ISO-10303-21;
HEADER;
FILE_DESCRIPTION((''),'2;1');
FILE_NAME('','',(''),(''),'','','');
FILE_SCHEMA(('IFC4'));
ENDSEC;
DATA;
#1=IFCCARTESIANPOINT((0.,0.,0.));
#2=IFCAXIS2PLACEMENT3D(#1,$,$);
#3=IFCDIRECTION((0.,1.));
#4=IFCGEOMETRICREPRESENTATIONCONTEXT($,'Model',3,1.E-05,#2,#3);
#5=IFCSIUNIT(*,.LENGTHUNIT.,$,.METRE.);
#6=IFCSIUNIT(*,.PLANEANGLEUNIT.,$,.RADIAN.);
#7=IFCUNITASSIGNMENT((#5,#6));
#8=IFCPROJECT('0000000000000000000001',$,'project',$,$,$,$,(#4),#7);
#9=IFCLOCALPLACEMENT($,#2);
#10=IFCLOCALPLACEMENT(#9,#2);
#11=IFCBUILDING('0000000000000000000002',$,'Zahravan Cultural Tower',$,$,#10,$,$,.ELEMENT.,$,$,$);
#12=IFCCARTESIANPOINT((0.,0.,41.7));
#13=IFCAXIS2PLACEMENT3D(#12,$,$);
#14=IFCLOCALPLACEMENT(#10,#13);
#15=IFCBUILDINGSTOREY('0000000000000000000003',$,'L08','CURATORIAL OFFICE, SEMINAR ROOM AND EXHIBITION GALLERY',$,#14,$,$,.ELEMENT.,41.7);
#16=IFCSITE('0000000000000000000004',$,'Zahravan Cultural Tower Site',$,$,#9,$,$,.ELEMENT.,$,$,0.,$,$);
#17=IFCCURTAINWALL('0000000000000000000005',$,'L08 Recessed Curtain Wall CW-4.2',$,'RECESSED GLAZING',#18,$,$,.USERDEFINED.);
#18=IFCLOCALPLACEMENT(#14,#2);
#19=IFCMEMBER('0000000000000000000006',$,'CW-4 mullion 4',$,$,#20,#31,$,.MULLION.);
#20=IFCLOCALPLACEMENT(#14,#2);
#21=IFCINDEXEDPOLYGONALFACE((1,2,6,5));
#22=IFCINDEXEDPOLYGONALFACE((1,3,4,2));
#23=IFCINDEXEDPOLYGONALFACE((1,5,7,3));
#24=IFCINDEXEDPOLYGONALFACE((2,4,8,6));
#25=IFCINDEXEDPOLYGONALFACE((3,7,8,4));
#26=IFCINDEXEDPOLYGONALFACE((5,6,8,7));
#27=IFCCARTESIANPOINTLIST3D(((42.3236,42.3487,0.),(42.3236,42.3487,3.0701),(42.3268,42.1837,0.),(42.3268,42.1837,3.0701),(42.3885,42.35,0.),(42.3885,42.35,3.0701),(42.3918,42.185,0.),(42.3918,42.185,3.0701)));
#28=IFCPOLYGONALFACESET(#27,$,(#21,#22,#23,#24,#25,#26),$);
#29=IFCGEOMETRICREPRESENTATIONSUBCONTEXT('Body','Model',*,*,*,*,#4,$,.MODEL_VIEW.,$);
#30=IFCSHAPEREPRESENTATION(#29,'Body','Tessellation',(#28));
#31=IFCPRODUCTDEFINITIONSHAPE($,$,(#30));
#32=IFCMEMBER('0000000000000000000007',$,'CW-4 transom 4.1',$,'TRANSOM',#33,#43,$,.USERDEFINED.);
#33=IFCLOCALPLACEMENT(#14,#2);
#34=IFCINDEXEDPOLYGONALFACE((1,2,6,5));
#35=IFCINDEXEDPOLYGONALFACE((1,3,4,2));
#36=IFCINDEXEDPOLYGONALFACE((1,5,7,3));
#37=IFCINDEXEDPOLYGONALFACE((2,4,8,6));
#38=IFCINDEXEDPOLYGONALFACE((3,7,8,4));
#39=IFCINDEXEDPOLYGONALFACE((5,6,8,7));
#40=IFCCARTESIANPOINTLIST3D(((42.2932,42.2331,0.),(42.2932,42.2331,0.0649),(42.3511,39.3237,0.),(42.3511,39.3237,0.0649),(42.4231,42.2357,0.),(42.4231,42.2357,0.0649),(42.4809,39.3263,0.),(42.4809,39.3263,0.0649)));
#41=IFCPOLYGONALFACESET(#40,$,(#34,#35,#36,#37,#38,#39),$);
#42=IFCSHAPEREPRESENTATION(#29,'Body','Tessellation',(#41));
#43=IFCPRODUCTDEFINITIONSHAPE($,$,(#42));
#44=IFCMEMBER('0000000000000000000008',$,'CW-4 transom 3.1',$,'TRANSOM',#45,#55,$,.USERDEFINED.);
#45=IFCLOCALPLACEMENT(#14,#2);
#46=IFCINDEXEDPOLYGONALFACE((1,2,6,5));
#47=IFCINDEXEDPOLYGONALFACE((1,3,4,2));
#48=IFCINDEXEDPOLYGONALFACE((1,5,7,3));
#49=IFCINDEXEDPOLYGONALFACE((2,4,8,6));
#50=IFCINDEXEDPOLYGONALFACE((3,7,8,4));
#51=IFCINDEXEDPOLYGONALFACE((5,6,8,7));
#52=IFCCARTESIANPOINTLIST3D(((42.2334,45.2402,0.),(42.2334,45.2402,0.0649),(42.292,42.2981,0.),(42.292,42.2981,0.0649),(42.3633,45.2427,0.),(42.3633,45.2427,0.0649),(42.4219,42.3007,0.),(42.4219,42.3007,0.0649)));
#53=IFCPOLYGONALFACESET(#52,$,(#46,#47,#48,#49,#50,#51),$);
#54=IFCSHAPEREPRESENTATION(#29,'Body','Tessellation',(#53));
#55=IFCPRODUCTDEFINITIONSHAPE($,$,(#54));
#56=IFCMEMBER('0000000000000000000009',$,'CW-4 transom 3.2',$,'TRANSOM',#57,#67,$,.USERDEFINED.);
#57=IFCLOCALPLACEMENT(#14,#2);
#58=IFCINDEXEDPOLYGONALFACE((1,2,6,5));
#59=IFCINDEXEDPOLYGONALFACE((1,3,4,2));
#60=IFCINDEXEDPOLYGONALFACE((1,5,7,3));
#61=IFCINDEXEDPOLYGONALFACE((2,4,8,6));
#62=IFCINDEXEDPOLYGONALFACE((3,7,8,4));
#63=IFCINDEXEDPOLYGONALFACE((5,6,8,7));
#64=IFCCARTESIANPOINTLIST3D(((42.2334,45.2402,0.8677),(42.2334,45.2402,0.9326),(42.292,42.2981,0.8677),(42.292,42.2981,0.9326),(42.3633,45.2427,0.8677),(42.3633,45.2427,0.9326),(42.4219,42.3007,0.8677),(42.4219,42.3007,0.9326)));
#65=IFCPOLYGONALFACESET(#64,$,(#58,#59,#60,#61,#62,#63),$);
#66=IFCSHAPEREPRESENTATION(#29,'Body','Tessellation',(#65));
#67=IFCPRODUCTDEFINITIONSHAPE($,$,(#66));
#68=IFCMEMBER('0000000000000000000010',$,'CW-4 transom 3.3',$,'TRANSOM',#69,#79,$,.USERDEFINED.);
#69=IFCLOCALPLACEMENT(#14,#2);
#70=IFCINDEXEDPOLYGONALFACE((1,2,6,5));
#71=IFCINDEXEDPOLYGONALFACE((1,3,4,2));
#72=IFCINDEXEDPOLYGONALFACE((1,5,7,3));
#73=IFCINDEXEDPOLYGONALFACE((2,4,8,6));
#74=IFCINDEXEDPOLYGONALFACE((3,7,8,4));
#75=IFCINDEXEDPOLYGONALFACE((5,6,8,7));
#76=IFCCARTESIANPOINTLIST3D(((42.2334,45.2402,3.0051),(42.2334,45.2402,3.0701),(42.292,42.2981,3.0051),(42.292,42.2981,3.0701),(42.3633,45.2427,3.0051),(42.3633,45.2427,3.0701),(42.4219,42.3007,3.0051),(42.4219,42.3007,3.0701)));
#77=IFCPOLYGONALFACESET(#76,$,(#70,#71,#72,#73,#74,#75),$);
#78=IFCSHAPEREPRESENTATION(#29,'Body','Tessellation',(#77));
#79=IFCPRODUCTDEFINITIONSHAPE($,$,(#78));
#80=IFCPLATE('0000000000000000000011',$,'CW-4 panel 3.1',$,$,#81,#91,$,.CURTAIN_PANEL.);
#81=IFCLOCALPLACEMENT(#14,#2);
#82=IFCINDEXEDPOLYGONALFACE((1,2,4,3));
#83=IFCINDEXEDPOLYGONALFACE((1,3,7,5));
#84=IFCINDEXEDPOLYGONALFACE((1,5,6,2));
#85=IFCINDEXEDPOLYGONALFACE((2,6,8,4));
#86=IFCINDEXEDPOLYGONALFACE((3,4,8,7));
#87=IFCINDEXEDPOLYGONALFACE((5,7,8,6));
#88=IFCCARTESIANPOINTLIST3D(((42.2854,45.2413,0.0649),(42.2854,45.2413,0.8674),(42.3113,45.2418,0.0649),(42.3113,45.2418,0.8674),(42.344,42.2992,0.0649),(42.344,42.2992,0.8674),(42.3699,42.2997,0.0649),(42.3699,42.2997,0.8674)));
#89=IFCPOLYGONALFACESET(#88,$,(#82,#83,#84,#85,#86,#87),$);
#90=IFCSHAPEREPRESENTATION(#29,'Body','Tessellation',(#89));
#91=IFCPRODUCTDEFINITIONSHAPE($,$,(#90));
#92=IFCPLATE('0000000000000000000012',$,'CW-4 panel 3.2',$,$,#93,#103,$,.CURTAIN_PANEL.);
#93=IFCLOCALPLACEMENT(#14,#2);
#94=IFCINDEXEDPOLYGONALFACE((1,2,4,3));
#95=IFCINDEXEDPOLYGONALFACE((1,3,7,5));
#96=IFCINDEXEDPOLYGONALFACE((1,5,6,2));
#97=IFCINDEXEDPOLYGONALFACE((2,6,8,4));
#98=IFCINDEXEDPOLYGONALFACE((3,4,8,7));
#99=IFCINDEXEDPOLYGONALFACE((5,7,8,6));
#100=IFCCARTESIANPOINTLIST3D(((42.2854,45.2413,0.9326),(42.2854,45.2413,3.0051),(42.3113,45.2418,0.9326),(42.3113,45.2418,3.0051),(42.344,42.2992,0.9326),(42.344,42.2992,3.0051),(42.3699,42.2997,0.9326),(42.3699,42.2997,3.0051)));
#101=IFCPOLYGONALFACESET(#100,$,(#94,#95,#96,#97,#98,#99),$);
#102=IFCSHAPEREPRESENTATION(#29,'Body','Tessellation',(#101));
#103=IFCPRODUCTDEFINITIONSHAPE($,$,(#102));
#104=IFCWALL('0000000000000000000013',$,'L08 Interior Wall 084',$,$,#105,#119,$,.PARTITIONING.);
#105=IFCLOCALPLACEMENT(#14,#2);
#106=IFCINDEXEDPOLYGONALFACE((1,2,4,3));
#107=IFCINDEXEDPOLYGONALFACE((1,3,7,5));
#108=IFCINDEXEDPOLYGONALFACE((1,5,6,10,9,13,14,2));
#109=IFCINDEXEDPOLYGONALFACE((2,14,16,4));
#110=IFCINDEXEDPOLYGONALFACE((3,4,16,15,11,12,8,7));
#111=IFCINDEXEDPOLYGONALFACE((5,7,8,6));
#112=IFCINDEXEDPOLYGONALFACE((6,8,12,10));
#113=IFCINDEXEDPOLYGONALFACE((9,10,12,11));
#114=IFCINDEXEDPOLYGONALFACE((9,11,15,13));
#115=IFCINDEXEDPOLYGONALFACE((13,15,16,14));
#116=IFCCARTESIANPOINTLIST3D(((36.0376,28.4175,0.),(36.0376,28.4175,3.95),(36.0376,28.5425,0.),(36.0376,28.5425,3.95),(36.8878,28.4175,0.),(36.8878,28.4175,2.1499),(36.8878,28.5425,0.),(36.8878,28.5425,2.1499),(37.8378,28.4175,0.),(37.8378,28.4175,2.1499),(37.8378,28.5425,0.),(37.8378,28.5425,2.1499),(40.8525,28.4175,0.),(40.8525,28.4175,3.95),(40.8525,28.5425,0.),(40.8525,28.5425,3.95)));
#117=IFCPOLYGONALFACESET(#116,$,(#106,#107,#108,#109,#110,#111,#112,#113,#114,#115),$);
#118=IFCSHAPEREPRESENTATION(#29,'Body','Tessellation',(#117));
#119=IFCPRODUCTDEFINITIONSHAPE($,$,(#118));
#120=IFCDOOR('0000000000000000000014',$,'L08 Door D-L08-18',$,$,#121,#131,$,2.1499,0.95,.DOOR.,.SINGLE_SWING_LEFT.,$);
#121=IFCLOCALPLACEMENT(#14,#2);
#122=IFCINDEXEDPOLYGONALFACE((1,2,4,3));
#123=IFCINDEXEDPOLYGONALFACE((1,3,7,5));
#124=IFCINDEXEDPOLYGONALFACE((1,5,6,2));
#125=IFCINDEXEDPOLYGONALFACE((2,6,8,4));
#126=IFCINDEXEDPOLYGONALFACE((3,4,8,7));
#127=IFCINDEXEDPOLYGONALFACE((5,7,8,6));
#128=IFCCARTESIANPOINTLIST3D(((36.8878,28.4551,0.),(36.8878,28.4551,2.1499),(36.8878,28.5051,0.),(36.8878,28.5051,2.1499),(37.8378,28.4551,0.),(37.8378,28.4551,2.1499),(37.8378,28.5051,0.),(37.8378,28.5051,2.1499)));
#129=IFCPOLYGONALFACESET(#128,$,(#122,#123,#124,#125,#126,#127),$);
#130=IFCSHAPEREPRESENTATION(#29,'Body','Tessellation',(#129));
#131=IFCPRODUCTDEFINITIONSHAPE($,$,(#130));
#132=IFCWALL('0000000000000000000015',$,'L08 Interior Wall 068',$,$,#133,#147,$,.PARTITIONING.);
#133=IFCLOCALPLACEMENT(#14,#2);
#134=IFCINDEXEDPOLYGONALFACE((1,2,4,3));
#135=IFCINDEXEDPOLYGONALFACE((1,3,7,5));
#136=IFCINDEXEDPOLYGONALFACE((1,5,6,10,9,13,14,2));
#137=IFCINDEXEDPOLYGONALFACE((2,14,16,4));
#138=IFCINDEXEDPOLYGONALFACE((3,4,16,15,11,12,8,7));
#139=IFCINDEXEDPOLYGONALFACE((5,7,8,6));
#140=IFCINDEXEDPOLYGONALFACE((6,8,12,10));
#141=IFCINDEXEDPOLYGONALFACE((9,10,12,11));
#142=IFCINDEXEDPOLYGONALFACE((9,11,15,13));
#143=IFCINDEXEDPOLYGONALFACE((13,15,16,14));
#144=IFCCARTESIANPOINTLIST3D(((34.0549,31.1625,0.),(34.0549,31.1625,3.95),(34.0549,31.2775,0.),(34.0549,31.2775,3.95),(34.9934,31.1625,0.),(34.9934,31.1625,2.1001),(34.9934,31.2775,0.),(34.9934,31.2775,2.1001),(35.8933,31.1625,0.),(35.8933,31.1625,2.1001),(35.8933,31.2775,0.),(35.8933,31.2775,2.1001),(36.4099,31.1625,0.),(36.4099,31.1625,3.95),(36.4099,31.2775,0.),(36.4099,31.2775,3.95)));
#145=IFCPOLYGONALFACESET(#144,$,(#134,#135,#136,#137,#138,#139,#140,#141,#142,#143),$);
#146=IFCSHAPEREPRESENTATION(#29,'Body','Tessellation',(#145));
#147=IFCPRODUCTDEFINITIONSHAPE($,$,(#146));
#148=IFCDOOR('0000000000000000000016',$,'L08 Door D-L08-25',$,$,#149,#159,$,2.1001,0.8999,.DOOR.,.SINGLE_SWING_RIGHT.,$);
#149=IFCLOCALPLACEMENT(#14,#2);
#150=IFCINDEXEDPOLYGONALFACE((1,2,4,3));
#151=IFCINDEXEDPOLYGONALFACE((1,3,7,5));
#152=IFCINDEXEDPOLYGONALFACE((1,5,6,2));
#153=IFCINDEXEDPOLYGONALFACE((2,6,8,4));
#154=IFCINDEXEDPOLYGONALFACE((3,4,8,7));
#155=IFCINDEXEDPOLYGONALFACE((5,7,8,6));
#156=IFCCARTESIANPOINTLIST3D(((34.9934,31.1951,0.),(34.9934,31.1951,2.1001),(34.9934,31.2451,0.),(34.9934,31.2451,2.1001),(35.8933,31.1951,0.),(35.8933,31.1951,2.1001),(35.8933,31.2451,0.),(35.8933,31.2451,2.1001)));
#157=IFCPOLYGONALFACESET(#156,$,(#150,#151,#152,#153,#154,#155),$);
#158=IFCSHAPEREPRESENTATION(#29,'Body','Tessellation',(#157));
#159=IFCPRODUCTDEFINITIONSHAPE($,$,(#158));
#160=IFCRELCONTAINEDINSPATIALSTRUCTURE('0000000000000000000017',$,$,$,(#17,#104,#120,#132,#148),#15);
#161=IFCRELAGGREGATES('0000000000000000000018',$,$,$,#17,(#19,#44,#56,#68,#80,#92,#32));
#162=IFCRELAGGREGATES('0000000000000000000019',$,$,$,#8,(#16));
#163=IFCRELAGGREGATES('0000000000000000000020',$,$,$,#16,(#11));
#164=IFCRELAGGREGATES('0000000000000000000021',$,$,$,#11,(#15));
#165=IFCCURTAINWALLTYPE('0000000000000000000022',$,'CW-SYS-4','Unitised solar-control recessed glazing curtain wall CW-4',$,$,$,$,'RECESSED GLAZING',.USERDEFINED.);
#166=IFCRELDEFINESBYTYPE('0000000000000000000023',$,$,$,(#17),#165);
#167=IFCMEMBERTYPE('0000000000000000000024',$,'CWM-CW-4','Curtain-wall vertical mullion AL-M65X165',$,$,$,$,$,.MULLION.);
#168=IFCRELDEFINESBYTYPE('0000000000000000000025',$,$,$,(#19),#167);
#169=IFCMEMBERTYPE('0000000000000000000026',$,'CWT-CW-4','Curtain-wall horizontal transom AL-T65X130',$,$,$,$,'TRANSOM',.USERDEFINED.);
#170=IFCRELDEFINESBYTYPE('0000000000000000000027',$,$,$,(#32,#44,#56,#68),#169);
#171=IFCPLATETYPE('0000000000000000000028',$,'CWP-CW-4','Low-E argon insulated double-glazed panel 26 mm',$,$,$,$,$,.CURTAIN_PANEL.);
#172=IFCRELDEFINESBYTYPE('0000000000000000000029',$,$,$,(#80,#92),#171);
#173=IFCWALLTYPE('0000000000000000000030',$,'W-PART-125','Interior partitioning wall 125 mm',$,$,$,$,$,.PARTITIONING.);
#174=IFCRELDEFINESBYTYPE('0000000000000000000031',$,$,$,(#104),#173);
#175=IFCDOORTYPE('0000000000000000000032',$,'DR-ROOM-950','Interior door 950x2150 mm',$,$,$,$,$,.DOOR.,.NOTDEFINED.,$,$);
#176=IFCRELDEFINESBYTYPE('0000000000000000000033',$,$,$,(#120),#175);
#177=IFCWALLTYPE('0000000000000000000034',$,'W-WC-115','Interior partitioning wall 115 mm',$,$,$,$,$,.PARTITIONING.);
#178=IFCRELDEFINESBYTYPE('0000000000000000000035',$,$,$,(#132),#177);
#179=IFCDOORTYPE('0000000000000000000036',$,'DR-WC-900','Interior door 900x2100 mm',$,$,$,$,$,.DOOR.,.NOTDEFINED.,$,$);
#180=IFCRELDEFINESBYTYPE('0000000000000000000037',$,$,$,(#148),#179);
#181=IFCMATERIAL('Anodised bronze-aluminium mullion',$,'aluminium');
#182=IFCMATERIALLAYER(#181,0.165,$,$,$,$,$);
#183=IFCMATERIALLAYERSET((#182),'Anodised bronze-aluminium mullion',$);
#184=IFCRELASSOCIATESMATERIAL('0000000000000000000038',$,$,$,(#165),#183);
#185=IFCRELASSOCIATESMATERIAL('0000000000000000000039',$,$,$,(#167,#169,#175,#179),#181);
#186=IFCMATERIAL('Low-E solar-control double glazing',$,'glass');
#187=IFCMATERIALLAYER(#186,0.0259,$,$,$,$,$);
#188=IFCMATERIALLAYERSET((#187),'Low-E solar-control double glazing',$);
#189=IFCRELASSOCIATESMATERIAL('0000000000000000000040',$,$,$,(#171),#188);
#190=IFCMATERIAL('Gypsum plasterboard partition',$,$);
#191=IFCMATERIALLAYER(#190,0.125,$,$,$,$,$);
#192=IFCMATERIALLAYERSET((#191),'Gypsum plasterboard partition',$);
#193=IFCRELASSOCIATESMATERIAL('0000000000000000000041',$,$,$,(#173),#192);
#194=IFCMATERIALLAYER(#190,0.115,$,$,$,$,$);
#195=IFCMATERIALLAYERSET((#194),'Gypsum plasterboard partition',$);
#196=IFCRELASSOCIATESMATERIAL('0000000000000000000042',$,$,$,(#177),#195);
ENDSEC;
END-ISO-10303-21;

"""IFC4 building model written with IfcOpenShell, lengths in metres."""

from ifc_helpers import new_model, si_unit, direction, frame, frame_2d, origin, origin_2d, place, context, subcontext, project, spatial, rectangle, extrude, source, transform, mapped, material, layer, layer_set, material_profile, profile_set, type_object, element, fill, aggregate, save


model = new_model("IFC4")

# Units and contexts
model_context = context("Model", 3, precision=1e-05, world=origin(), true_north=direction((0.0, 1.0)))
body_context = subcontext(model_context, "Body", "Model", "MODEL_VIEW")
ifc_project = project(units=[si_unit("LENGTHUNIT", "METRE"), si_unit("PLANEANGLEUNIT", "RADIAN")], contexts=[model_context])

# Site, building, storey
site_placement = place(None, origin())
site = spatial("IfcSite", under=ifc_project, at=site_placement, Name="Zahravan Cultural Tower Site", CompositionType="ELEMENT", RefElevation=0.0)
building_placement = place(site_placement, origin())
building = spatial("IfcBuilding", under=site, at=building_placement, Name="Zahravan Cultural Tower", CompositionType="ELEMENT")
storey_placement = place(building_placement, frame((0.0, 0.0, 41.7)))
storey = spatial("IfcBuildingStorey", under=building, at=storey_placement, Name="L08", Description="CURATORIAL OFFICE, SEMINAR ROOM AND EXHIBITION GALLERY", CompositionType="ELEMENT", Elevation=41.7)

# Curtain wall, members, plates
ifc_material_1 = material(Name="Anodised bronze-aluminium mullion", Category="aluminium")
ifc_layer_1 = layer(ifc_material_1, 0.165)
ifc_layer_set_1 = layer_set([ifc_layer_1], Name="Anodised bronze-aluminium mullion")
curtain_wall_type = type_object("IfcCurtainWallType", Name="CW-SYS-4", Description="Unitised solar-control recessed glazing curtain wall CW-4", ElementType="RECESSED GLAZING", PredefinedType="USERDEFINED", material=ifc_layer_set_1)
curtain_wall_placement = place(storey_placement, origin())
curtain_wall = element("IfcCurtainWall", 1, at=curtain_wall_placement, inside=storey, type_object=curtain_wall_type, Name="L08 Recessed Curtain Wall CW-4.2", ObjectType="RECESSED GLAZING", PredefinedType="USERDEFINED")
ifc_material_profile_1 = material_profile(ifc_material_1, rectangle(XDim=0.0649, YDim=0.165, at=origin_2d()), Name="AL-M65X165")
ifc_profile_set_1 = profile_set([ifc_material_profile_1], Name="Anodised bronze-aluminium mullion")
member_type_1 = type_object("IfcMemberType", Name="CWM-CW-4", Description="Curtain-wall vertical mullion AL-M65X165", PredefinedType="MULLION", material=ifc_profile_set_1)
shared_shape_1 = source(origin(), body_context, "Body", "SweptSolid", [
    extrude(rectangle(XDim=0.0649, YDim=0.165, at=origin_2d()), origin(), (0.0, 0.0, 1.0), 3.0701),
])
member_1_placement = place(storey_placement, frame((42.3577, 42.2668, 0.0), z_axis=(0.0, 0.0, 1.0), x_axis=(0.999802, 0.0199, 0.0)))
member_1 = element("IfcMember", 2, at=member_1_placement, type_object=member_type_1, Name="CW-4 mullion 4", PredefinedType="MULLION", context=body_context, shape_type="MappedRepresentation", body=[
    mapped(shared_shape_1, transform((0.0, 0.0, 0.0), x_axis=(1.0, 0.0, 0.0), y_axis=(0.0, 1.0, 0.0), z_axis=(0.0, 0.0, 1.0), scale=1.0)),
])
ifc_material_profile_2 = material_profile(ifc_material_1, rectangle(XDim=0.1299, YDim=0.0649, at=origin_2d()), Name="AL-T65X130")
ifc_profile_set_2 = profile_set([ifc_material_profile_2], Name="Anodised bronze-aluminium mullion")
member_type_2 = type_object("IfcMemberType", Name="CWT-CW-4", Description="Curtain-wall horizontal transom AL-T65X130", ElementType="TRANSOM", PredefinedType="USERDEFINED", material=ifc_profile_set_2)
shared_shape_2 = source(origin(), body_context, "Body", "SweptSolid", [
    extrude(rectangle(XDim=0.1299, YDim=0.0649, at=origin_2d()), origin(), (0.0, 0.0, 1.0), 2.9099),
])
member_2_placement = place(storey_placement, frame((42.3582, 42.2344, 0.0325), z_axis=(0.019884, -0.999802, 0.0), x_axis=(0.999802, 0.019884, 0.0)))
member_2 = element("IfcMember", 3, at=member_2_placement, type_object=member_type_2, Name="CW-4 transom 4.1", ObjectType="TRANSOM", PredefinedType="USERDEFINED", context=body_context, shape_type="MappedRepresentation", body=[
    mapped(shared_shape_2, transform((0.0, 0.0, 0.0), x_axis=(1.0, 0.0, 0.0), y_axis=(0.0, 1.0, 0.0), z_axis=(0.0, 0.0, 1.0), scale=1.0)),
])
shared_shape_3 = source(origin(), body_context, "Body", "SweptSolid", [
    extrude(rectangle(XDim=0.1299, YDim=0.0649, at=origin_2d()), origin(), (0.0, 0.0, 1.0), 2.9426),
])
member_3_placement = place(storey_placement, frame((42.2983, 45.2415, 0.0325), z_axis=(0.019911, -0.999802, 0.0), x_axis=(0.999802, 0.019911, 0.0)))
member_3 = element("IfcMember", 4, at=member_3_placement, type_object=member_type_2, Name="CW-4 transom 3.1", ObjectType="TRANSOM", PredefinedType="USERDEFINED", context=body_context, shape_type="MappedRepresentation", body=[
    mapped(shared_shape_3, transform((0.0, 0.0, 0.0), x_axis=(1.0, 0.0, 0.0), y_axis=(0.0, 1.0, 0.0), z_axis=(0.0, 0.0, 1.0), scale=1.0)),
])
member_4_placement = place(storey_placement, frame((42.2983, 45.2415, 0.9001), z_axis=(0.019911, -0.999802, 0.0), x_axis=(0.999802, 0.019911, 0.0)))
member_4 = element("IfcMember", 5, at=member_4_placement, type_object=member_type_2, Name="CW-4 transom 3.2", ObjectType="TRANSOM", PredefinedType="USERDEFINED", context=body_context, shape_type="MappedRepresentation", body=[
    mapped(shared_shape_3, transform((0.0, 0.0, 0.0), x_axis=(1.0, 0.0, 0.0), y_axis=(0.0, 1.0, 0.0), z_axis=(0.0, 0.0, 1.0), scale=1.0)),
])
member_5_placement = place(storey_placement, frame((42.2983, 45.2415, 3.0376), z_axis=(0.019911, -0.999802, 0.0), x_axis=(0.999802, 0.019911, 0.0)))
member_5 = element("IfcMember", 6, at=member_5_placement, type_object=member_type_2, Name="CW-4 transom 3.3", ObjectType="TRANSOM", PredefinedType="USERDEFINED", context=body_context, shape_type="MappedRepresentation", body=[
    mapped(shared_shape_3, transform((0.0, 0.0, 0.0), x_axis=(1.0, 0.0, 0.0), y_axis=(0.0, 1.0, 0.0), z_axis=(0.0, 0.0, 1.0), scale=1.0)),
])
ifc_material_2 = material(Name="Low-E solar-control double glazing", Category="glass")
ifc_layer_2 = layer(ifc_material_2, 0.0259)
ifc_layer_set_2 = layer_set([ifc_layer_2], Name="Low-E solar-control double glazing")
plate_type = type_object("IfcPlateType", Name="CWP-CW-4", Description="Low-E argon insulated double-glazed panel 26 mm", PredefinedType="CURTAIN_PANEL", material=ifc_layer_set_2)
shared_shape_4 = source(origin(), body_context, "Body", "SweptSolid", [
    extrude(rectangle(XDim=2.9426, YDim=0.0259, at=origin_2d()), origin(), (0.0, 0.0, 1.0), 0.8025),
])
plate_1_placement = place(storey_placement, frame((42.3276, 43.7705, 0.0649), z_axis=(0.0, 0.0, 1.0), x_axis=(0.0199, -0.999802, 0.0)))
plate_1 = element("IfcPlate", 7, at=plate_1_placement, type_object=plate_type, Name="CW-4 panel 3.1", PredefinedType="CURTAIN_PANEL", context=body_context, shape_type="MappedRepresentation", body=[
    mapped(shared_shape_4, transform((0.0, 0.0, 0.0), x_axis=(1.0, 0.0, 0.0), y_axis=(0.0, 1.0, 0.0), z_axis=(0.0, 0.0, 1.0), scale=1.0)),
])
shared_shape_5 = source(origin(), body_context, "Body", "SweptSolid", [
    extrude(rectangle(XDim=2.9426, YDim=0.0259, at=origin_2d()), origin(), (0.0, 0.0, 1.0), 2.0725),
])
plate_2_placement = place(storey_placement, frame((42.3276, 43.7705, 0.9326), z_axis=(0.0, 0.0, 1.0), x_axis=(0.0199, -0.999802, 0.0)))
plate_2 = element("IfcPlate", 8, at=plate_2_placement, type_object=plate_type, Name="CW-4 panel 3.2", PredefinedType="CURTAIN_PANEL", context=body_context, shape_type="MappedRepresentation", body=[
    mapped(shared_shape_5, transform((0.0, 0.0, 0.0), x_axis=(1.0, 0.0, 0.0), y_axis=(0.0, 1.0, 0.0), z_axis=(0.0, 0.0, 1.0), scale=1.0)),
])
aggregate(curtain_wall, [member_1, member_3, member_4, member_5, plate_1, plate_2, member_2])

# Walls, openings, doors
ifc_material_3 = material(Name="Gypsum plasterboard partition")
ifc_layer_3 = layer(ifc_material_3, 0.125)
ifc_layer_set_3 = layer_set([ifc_layer_3], Name="Gypsum plasterboard partition")
wall_type_1 = type_object("IfcWallType", Name="W-PART-125", Description="Interior partitioning wall 125 mm", PredefinedType="PARTITIONING", material=ifc_layer_set_3)
wall_1_placement = place(storey_placement, frame((40.8525, 28.48, 0.0), z_axis=(0.0, 0.0, 1.0), x_axis=(-1.0, 0.0, 0.0)))
wall_1 = element("IfcWall", 9, at=wall_1_placement, inside=storey, type_object=wall_type_1, Name="L08 Interior Wall 084", PredefinedType="PARTITIONING", context=body_context, shape_type="SweptSolid", body=[
    extrude(rectangle(XDim=4.8149, YDim=0.125, at=frame_2d((2.4075, 0.0))), origin(), (0.0, 0.0, 1.0), 3.95),
])
opening_1_placement = place(wall_1_placement, frame((3.0146, 0.0, 0.0)))
opening_1 = element("IfcOpeningElement", 10, at=opening_1_placement, cuts=wall_1, PredefinedType="OPENING", context=body_context, shape_type="SweptSolid", body=[
    extrude(rectangle(XDim=0.95, YDim=2.1499, at=frame_2d((0.4751, 1.075))), frame((0.0, 0.0725, 0.0), z_axis=(0.0, -1.0, 0.0), x_axis=(1.0, 0.0, 0.0)), (0.0, 0.0, 1.0), 0.145),
])
door_type_1 = type_object("IfcDoorType", Name="DR-ROOM-950", Description="Interior door 950x2150 mm", OperationType="NOTDEFINED", PredefinedType="DOOR", material=ifc_material_1)
shared_shape_6 = source(origin(), body_context, "Body", "SweptSolid", [
    extrude(rectangle(XDim=0.95, YDim=2.1499, at=frame_2d((0.4751, 1.075))), frame((0.0, 0.0249, 0.0), z_axis=(0.0, -1.0, 0.0), x_axis=(1.0, 0.0, 0.0)), (0.0, 0.0, 1.0), 0.05),
])
door_1_placement = place(opening_1_placement, origin())
door_1 = element("IfcDoor", 11, at=door_1_placement, inside=storey, type_object=door_type_1, Name="L08 Door D-L08-18", OperationType="SINGLE_SWING_LEFT", OverallHeight=2.1499, OverallWidth=0.95, PredefinedType="DOOR", context=body_context, shape_type="MappedRepresentation", body=[
    mapped(shared_shape_6, transform((0.0, 0.0, 0.0), x_axis=(1.0, 0.0, 0.0), y_axis=(0.0, 1.0, 0.0), z_axis=(0.0, 0.0, 1.0), scale=1.0)),
])
fill(opening_1, door_1)
ifc_layer_4 = layer(ifc_material_3, 0.115)
ifc_layer_set_4 = layer_set([ifc_layer_4], Name="Gypsum plasterboard partition")
wall_type_2 = type_object("IfcWallType", Name="W-WC-115", Description="Interior partitioning wall 115 mm", PredefinedType="PARTITIONING", material=ifc_layer_set_4)
wall_2_placement = place(storey_placement, frame((36.4099, 31.22, 0.0), z_axis=(0.0, 0.0, 1.0), x_axis=(-1.0, 0.0, 0.0)))
wall_2 = element("IfcWall", 12, at=wall_2_placement, inside=storey, type_object=wall_type_2, Name="L08 Interior Wall 068", PredefinedType="PARTITIONING", context=body_context, shape_type="SweptSolid", body=[
    extrude(rectangle(XDim=2.355, YDim=0.115, at=frame_2d((1.1775, 0.0))), origin(), (0.0, 0.0, 1.0), 3.95),
])
opening_2_placement = place(wall_2_placement, frame((0.5166, 0.0, 0.0)))
opening_2 = element("IfcOpeningElement", 13, at=opening_2_placement, cuts=wall_2, PredefinedType="OPENING", context=body_context, shape_type="SweptSolid", body=[
    extrude(rectangle(XDim=0.8999, YDim=2.1001, at=frame_2d((0.45, 1.05))), frame((0.0, 0.0674, 0.0), z_axis=(0.0, -1.0, 0.0), x_axis=(1.0, 0.0, 0.0)), (0.0, 0.0, 1.0), 0.135),
])
door_type_2 = type_object("IfcDoorType", Name="DR-WC-900", Description="Interior door 900x2100 mm", OperationType="NOTDEFINED", PredefinedType="DOOR", material=ifc_material_1)
shared_shape_7 = source(origin(), body_context, "Body", "SweptSolid", [
    extrude(rectangle(XDim=0.8999, YDim=2.1001, at=frame_2d((0.45, 1.05))), frame((0.0, 0.0249, 0.0), z_axis=(0.0, -1.0, 0.0), x_axis=(1.0, 0.0, 0.0)), (0.0, 0.0, 1.0), 0.05),
])
door_2_placement = place(opening_2_placement, origin())
door_2 = element("IfcDoor", 14, at=door_2_placement, inside=storey, type_object=door_type_2, Name="L08 Door D-L08-25", OperationType="SINGLE_SWING_RIGHT", OverallHeight=2.1001, OverallWidth=0.8999, PredefinedType="DOOR", context=body_context, shape_type="MappedRepresentation", body=[
    mapped(shared_shape_7, transform((0.0, 0.0, 0.0), x_axis=(1.0, 0.0, 0.0), y_axis=(0.0, 1.0, 0.0), z_axis=(0.0, 0.0, 1.0), scale=1.0)),
])
fill(opening_2, door_2)

save(model, "model.ifc")
